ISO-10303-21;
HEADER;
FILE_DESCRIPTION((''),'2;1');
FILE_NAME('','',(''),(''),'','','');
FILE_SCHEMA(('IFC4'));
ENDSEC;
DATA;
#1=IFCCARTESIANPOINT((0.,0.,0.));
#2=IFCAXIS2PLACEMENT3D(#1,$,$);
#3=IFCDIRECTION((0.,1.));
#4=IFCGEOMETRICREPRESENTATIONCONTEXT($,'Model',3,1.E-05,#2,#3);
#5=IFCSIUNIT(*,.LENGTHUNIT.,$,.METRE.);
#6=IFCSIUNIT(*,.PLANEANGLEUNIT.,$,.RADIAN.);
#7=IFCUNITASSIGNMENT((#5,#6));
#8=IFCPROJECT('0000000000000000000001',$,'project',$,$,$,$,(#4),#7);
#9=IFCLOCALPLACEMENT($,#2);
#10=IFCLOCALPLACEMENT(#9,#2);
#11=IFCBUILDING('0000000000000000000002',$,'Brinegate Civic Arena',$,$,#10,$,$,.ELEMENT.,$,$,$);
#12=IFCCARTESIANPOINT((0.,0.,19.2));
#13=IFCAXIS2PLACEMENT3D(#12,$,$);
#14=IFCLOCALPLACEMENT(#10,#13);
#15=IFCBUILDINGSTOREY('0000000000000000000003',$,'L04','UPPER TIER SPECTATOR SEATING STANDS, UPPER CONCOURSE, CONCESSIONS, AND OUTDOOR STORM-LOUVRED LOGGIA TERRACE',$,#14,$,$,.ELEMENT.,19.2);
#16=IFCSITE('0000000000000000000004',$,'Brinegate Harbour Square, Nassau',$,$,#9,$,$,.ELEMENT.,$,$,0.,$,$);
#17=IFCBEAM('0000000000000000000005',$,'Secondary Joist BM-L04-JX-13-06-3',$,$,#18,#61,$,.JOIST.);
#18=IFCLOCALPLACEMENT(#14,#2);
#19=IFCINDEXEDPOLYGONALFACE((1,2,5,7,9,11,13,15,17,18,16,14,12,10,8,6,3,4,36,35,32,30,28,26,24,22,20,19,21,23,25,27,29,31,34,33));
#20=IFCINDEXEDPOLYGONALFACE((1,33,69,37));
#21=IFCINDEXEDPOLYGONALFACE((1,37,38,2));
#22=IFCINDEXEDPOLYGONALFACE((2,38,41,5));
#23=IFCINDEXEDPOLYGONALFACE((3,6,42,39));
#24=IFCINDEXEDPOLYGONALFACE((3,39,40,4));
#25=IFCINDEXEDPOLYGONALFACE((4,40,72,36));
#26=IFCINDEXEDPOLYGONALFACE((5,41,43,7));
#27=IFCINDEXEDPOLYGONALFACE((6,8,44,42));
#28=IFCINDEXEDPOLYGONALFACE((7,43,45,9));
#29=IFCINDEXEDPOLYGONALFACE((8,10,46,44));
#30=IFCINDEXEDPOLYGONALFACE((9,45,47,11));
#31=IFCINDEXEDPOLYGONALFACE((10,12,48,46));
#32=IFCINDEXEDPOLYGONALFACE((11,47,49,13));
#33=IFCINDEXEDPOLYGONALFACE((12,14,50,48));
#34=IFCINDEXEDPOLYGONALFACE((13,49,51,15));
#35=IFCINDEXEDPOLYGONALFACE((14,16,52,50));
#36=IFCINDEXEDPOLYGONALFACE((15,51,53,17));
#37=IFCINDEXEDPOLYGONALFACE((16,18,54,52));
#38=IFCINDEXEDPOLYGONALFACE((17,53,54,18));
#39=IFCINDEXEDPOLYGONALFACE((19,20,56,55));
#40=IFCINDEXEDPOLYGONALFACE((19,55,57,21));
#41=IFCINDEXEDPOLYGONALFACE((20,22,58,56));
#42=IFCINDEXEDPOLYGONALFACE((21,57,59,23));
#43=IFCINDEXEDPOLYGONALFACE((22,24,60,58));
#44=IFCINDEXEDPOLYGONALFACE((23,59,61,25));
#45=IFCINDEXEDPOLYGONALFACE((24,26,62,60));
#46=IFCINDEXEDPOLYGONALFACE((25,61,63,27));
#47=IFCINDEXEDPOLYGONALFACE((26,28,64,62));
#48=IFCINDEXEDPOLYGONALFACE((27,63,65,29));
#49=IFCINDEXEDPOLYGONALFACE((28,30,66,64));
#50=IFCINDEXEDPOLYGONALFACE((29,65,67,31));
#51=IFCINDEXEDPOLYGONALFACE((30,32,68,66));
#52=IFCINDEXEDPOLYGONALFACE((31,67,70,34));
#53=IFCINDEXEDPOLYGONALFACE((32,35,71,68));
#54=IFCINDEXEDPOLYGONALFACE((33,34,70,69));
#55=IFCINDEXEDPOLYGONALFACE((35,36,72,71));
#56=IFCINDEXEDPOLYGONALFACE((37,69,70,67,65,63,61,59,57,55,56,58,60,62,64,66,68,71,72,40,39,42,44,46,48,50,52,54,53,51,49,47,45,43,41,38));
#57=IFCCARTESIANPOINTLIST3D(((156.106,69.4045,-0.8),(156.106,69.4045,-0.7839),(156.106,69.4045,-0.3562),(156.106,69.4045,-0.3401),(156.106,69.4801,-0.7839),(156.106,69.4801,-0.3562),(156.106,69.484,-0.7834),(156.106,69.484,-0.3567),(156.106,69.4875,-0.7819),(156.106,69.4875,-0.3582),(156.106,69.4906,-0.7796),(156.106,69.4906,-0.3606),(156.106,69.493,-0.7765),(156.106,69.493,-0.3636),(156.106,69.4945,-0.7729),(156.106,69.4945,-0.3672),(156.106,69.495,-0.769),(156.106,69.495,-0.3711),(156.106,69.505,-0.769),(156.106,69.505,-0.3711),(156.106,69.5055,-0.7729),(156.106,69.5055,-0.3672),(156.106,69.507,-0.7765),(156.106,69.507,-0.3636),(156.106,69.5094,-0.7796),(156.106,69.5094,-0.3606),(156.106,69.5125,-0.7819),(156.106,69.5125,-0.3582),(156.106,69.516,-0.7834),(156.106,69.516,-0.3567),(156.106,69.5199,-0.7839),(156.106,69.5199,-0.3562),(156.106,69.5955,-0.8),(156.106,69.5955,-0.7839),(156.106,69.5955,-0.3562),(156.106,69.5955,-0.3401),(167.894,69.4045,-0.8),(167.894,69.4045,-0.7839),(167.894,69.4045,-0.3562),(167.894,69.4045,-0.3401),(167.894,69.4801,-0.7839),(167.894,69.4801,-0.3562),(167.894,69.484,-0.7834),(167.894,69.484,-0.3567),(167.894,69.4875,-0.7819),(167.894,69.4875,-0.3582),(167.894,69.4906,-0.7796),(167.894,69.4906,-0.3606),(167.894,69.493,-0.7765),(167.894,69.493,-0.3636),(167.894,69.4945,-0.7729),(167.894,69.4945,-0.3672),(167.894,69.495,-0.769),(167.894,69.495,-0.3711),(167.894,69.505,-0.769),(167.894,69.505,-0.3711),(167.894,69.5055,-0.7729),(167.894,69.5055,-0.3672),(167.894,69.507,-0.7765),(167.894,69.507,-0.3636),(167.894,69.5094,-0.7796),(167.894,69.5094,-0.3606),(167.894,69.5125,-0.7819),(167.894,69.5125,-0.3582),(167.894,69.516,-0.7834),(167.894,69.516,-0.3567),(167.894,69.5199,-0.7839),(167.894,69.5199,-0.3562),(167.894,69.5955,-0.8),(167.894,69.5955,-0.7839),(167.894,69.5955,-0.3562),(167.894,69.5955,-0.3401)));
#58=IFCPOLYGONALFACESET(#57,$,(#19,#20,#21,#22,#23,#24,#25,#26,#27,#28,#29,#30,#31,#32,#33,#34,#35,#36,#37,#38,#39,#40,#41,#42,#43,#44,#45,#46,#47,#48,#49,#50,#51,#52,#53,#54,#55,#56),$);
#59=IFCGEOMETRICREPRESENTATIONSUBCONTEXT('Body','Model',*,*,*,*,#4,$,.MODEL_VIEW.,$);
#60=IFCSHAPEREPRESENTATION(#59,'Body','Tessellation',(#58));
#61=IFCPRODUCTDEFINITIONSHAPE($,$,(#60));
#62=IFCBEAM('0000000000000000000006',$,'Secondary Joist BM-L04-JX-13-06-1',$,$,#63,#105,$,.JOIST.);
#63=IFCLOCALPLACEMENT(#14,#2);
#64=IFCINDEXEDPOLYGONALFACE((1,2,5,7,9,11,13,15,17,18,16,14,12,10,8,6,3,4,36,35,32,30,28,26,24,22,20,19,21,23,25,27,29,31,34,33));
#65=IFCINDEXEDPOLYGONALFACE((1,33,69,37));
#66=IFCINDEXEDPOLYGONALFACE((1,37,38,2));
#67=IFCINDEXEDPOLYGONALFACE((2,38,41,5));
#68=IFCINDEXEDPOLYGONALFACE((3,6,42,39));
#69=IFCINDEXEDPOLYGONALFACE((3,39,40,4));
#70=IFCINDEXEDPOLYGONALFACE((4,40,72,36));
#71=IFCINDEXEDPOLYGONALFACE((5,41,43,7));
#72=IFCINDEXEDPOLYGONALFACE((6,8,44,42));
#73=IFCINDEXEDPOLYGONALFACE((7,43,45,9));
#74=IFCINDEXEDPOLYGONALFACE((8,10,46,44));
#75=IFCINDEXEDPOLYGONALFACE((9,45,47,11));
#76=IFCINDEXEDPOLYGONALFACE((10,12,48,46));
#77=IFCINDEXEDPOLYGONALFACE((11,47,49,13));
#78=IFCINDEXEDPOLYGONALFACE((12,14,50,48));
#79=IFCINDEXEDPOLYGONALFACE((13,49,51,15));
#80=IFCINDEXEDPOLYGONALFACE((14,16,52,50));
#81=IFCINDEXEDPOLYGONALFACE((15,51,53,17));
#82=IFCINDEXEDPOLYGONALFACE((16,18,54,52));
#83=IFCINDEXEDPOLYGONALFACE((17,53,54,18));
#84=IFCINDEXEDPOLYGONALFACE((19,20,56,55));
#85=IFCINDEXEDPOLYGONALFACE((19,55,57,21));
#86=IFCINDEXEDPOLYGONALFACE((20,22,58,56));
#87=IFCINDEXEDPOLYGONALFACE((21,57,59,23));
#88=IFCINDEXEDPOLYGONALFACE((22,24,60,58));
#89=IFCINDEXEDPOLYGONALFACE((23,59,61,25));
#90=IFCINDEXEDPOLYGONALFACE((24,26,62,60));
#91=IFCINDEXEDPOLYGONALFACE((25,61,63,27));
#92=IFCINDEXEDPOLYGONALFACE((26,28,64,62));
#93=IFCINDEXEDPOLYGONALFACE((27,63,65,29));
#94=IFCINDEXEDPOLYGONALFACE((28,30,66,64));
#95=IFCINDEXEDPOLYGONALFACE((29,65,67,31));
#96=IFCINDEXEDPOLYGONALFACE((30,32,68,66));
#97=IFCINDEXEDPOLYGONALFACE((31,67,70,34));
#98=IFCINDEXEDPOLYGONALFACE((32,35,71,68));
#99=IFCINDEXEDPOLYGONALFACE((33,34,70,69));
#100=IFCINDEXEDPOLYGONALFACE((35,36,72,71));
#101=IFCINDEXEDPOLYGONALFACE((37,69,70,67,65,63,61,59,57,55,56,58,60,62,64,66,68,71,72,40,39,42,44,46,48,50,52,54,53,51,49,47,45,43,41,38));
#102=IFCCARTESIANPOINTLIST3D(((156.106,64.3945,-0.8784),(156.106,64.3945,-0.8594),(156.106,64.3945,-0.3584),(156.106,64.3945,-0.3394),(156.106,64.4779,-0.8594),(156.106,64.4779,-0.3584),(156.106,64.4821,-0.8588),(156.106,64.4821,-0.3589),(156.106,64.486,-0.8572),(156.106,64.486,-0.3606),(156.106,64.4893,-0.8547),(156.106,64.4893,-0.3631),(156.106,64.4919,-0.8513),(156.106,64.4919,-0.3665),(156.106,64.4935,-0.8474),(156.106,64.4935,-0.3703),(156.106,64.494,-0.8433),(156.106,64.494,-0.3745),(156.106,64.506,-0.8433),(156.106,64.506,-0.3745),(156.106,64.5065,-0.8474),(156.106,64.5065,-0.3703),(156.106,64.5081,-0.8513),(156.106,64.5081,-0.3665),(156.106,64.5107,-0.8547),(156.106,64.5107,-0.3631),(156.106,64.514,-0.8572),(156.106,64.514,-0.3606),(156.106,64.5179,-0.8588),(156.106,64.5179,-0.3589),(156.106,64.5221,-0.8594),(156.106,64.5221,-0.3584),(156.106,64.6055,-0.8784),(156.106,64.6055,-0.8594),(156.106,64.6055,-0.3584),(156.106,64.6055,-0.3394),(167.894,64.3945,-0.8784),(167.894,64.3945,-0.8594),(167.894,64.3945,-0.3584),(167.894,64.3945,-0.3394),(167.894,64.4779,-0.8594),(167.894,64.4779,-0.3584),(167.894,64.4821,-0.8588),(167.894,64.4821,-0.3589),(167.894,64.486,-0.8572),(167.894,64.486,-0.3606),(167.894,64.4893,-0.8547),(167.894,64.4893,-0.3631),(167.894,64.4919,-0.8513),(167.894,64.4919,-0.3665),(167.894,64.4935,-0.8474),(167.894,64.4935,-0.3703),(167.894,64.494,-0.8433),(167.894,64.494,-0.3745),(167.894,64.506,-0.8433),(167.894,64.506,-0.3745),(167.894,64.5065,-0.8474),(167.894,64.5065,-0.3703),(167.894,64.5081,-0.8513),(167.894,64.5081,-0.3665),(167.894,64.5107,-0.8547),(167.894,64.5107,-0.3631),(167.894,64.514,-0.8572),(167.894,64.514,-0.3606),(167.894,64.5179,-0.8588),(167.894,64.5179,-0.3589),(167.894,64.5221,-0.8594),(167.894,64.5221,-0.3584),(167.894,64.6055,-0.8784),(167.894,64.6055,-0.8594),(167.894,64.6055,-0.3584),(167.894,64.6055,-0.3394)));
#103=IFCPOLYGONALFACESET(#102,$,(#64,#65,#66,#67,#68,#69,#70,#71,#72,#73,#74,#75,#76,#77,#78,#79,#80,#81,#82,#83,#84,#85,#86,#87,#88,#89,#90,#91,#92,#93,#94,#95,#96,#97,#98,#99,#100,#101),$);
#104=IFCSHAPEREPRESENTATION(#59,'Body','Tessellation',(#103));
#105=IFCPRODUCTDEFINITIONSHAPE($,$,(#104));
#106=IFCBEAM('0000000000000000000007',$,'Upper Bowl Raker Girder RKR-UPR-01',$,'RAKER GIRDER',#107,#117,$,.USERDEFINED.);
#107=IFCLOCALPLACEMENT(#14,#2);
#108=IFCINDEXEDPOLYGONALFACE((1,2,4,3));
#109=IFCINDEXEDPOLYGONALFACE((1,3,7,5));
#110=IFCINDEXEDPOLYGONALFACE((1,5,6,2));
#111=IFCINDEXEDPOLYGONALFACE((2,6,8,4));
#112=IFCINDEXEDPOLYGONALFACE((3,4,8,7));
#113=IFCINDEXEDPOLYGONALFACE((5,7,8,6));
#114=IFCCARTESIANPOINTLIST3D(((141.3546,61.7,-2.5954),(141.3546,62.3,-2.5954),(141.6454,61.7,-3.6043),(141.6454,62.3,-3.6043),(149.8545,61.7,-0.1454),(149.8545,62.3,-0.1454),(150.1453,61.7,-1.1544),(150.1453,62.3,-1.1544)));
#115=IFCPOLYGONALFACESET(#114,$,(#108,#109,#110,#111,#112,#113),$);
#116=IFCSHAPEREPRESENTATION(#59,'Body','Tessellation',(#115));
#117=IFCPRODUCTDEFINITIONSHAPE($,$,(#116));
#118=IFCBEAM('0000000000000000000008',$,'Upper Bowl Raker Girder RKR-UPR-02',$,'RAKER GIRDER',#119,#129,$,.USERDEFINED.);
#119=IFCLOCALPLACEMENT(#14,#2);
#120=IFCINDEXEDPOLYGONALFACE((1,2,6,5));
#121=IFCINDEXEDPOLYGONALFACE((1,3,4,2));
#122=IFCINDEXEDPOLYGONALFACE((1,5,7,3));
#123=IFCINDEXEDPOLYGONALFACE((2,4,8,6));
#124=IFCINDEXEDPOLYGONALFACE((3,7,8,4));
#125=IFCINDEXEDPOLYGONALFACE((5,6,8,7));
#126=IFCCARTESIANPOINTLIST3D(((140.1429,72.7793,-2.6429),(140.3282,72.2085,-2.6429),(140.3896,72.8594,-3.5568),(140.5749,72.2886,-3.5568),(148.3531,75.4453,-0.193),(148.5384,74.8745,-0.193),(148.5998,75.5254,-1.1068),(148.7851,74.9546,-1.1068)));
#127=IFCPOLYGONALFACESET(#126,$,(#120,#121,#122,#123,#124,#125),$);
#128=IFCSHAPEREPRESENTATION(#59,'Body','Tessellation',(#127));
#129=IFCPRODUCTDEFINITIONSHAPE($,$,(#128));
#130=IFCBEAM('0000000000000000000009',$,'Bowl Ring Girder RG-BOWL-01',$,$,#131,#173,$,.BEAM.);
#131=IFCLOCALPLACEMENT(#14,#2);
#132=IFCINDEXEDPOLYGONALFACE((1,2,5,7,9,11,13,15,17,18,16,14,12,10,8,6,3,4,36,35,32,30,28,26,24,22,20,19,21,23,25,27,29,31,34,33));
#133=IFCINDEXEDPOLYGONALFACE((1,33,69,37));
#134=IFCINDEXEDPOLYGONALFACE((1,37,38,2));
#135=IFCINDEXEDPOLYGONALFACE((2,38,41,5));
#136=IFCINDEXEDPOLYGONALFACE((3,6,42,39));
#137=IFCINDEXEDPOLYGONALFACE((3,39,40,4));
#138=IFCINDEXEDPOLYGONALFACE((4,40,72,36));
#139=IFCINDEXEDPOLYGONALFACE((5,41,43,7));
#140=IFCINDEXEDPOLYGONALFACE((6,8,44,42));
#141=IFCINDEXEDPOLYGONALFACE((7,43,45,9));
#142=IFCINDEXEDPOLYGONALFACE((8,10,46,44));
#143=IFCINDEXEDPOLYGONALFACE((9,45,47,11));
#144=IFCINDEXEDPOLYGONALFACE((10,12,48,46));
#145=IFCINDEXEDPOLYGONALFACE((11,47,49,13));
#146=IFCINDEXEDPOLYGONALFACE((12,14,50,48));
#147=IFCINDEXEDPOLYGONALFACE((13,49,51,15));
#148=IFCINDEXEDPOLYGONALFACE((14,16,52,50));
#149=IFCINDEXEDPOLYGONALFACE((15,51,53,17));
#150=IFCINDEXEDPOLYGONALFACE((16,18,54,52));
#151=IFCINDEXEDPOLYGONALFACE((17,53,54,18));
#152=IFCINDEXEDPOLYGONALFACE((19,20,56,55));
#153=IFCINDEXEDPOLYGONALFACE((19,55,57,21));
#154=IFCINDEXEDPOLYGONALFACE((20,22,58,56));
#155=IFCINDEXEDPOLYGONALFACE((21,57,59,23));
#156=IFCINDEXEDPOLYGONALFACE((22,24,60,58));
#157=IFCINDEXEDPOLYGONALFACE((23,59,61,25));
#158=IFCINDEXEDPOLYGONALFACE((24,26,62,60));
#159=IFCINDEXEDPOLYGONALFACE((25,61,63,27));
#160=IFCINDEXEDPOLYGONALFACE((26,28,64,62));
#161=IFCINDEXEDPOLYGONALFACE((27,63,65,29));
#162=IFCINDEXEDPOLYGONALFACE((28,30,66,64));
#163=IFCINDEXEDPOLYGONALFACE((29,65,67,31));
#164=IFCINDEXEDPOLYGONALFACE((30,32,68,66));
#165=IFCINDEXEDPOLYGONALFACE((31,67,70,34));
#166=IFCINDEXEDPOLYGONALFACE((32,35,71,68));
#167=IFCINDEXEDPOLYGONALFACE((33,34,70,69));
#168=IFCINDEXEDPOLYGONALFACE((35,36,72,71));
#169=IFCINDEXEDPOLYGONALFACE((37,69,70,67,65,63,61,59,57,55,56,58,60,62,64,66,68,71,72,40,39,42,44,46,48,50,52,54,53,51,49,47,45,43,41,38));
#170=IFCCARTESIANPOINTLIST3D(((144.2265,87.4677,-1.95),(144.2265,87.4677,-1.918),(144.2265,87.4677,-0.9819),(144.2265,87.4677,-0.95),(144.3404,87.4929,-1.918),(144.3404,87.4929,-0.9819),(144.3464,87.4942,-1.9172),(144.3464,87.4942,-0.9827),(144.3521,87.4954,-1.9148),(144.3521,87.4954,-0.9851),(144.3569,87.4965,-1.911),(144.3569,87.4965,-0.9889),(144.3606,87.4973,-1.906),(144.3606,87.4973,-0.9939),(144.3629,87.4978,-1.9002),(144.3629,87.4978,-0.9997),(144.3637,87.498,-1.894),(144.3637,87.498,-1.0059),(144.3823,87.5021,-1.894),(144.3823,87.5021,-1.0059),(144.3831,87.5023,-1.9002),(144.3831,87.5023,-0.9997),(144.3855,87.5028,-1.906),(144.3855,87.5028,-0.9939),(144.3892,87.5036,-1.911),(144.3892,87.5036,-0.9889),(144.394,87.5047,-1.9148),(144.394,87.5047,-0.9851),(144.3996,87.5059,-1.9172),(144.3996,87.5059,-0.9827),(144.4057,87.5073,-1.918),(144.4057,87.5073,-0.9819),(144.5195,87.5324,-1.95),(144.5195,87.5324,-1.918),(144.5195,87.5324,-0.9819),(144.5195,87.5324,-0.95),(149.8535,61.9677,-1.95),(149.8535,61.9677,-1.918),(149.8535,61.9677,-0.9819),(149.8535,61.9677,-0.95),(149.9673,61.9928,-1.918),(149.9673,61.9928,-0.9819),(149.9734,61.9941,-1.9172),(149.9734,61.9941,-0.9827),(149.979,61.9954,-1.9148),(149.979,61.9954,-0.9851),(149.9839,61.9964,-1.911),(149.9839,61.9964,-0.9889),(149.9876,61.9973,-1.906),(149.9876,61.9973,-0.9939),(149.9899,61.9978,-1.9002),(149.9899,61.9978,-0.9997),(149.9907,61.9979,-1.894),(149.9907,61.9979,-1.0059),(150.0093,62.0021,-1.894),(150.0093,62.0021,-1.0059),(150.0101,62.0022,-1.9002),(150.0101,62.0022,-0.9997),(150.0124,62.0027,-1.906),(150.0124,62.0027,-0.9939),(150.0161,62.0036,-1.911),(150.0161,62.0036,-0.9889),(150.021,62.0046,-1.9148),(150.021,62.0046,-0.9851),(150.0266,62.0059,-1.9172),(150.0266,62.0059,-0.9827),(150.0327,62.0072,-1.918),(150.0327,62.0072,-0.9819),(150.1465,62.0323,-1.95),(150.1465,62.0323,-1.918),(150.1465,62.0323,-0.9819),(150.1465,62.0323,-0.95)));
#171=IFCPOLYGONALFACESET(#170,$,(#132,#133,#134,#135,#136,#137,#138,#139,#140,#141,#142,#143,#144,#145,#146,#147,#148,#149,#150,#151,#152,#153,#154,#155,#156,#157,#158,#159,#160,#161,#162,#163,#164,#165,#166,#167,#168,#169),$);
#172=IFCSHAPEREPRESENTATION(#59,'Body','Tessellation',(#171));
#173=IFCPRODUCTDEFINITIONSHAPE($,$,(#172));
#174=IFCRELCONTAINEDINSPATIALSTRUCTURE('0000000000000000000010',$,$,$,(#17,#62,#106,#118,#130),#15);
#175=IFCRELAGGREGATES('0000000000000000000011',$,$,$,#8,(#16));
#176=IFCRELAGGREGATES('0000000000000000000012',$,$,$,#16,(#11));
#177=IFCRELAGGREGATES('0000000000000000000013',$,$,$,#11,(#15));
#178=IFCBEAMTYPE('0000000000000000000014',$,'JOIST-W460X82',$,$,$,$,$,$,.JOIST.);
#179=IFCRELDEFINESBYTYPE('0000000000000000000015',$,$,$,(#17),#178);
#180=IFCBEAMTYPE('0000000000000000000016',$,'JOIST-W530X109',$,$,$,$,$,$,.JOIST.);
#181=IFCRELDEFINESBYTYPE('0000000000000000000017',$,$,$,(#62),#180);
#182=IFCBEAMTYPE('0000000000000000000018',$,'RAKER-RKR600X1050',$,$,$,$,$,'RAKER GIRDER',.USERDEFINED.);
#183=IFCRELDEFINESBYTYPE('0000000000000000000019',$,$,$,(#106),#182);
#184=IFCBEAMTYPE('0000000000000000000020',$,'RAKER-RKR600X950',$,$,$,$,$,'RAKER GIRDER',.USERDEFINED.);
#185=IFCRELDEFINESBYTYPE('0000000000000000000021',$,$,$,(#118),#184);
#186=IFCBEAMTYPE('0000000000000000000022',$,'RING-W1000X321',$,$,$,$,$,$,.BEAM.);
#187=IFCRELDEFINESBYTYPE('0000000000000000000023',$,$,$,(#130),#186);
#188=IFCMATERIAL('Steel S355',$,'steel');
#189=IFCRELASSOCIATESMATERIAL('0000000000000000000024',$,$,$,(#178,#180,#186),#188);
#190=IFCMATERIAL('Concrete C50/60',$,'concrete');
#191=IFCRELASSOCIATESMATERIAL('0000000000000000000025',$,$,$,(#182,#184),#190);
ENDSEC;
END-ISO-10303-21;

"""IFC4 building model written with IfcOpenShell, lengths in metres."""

from ifc_helpers import new_model, si_unit, direction, frame, origin, origin_2d, place, context, subcontext, project, spatial, rectangle, i_section, extrude, material, material_profile, profile_set, type_object, element, save


model = new_model("IFC4")

# Units and contexts
model_context = context("Model", 3, precision=1e-05, world=origin(), true_north=direction((0.0, 1.0)))
body_context = subcontext(model_context, "Body", "Model", "MODEL_VIEW")
ifc_project = project(units=[si_unit("LENGTHUNIT", "METRE"), si_unit("PLANEANGLEUNIT", "RADIAN")], contexts=[model_context])

# Site, building, storey
site_placement = place(None, origin())
site = spatial("IfcSite", under=ifc_project, at=site_placement, Name="Brinegate Harbour Square, Nassau", CompositionType="ELEMENT", RefElevation=0.0)
building_placement = place(site_placement, origin())
building = spatial("IfcBuilding", under=site, at=building_placement, Name="Brinegate Civic Arena", CompositionType="ELEMENT")
storey_placement = place(building_placement, frame((0.0, 0.0, 19.2)))
storey = spatial("IfcBuildingStorey", under=building, at=storey_placement, Name="L04", Description="UPPER TIER SPECTATOR SEATING STANDS, UPPER CONCOURSE, CONCESSIONS, AND OUTDOOR STORM-LOUVRED LOGGIA TERRACE", CompositionType="ELEMENT", Elevation=19.2)

# Shared definitions
ifc_material_1 = material(Name="Steel S355", Category="steel")

# Beams
ifc_material_profile_1 = material_profile(ifc_material_1, i_section(OverallWidth=0.1909, OverallDepth=0.46, WebThickness=0.01, FlangeThickness=0.0161, FilletRadius=0.0149, at=origin_2d()), Name="W460X82")
ifc_profile_set_1 = profile_set([ifc_material_profile_1], Name="Steel S355")
beam_type_1 = type_object("IfcBeamType", Name="JOIST-W460X82", PredefinedType="JOIST", material=ifc_profile_set_1)
beam_1_placement = place(storey_placement, frame((156.106, 69.5, -0.5701), z_axis=(1.0, 0.0, 0.0), x_axis=(0.0, 1.0, 0.0)))
element("IfcBeam", 1, at=beam_1_placement, inside=storey, type_object=beam_type_1, Name="Secondary Joist BM-L04-JX-13-06-3", PredefinedType="JOIST", context=body_context, shape_type="SweptSolid", body=[
    extrude(i_section(OverallWidth=0.1909, OverallDepth=0.46, WebThickness=0.01, FlangeThickness=0.0161, FilletRadius=0.0149, at=origin_2d()), origin(), (0.0, 0.0, 1.0), 11.7881),
])
ifc_material_profile_2 = material_profile(ifc_material_1, i_section(OverallWidth=0.2109, OverallDepth=0.5391, WebThickness=0.012, FlangeThickness=0.019, FilletRadius=0.0161, at=origin_2d()), Name="W530X109")
ifc_profile_set_2 = profile_set([ifc_material_profile_2], Name="Steel S355")
beam_type_2 = type_object("IfcBeamType", Name="JOIST-W530X109", PredefinedType="JOIST", material=ifc_profile_set_2)
beam_2_placement = place(storey_placement, frame((156.106, 64.5, -0.6089), z_axis=(1.0, 0.0, 0.0), x_axis=(0.0, 1.0, 0.0)))
element("IfcBeam", 2, at=beam_2_placement, inside=storey, type_object=beam_type_2, Name="Secondary Joist BM-L04-JX-13-06-1", PredefinedType="JOIST", context=body_context, shape_type="SweptSolid", body=[
    extrude(i_section(OverallWidth=0.2109, OverallDepth=0.5391, WebThickness=0.012, FlangeThickness=0.019, FilletRadius=0.0161, at=origin_2d()), origin(), (0.0, 0.0, 1.0), 11.7881),
])
ifc_material_2 = material(Name="Concrete C50/60", Category="concrete")
ifc_material_profile_3 = material_profile(ifc_material_2, rectangle(XDim=0.6001, YDim=1.05, at=origin_2d()), Name="RKR600X1050")
ifc_profile_set_3 = profile_set([ifc_material_profile_3], Name="Concrete C50/60")
beam_type_3 = type_object("IfcBeamType", Name="RAKER-RKR600X1050", ElementType="RAKER GIRDER", PredefinedType="USERDEFINED", material=ifc_profile_set_3)
beam_3_placement = place(storey_placement, frame((141.5, 62.0, -3.0999), z_axis=(0.960883, 0.0, 0.276955), x_axis=(0.0, 1.0, 0.0)))
element("IfcBeam", 3, at=beam_3_placement, inside=storey, type_object=beam_type_3, Name="Upper Bowl Raker Girder RKR-UPR-01", ObjectType="RAKER GIRDER", PredefinedType="USERDEFINED", context=body_context, shape_type="SweptSolid", body=[
    extrude(rectangle(XDim=0.6001, YDim=1.05, at=origin_2d()), origin(), (0.0, 0.0, 1.0), 8.8459),
])
ifc_material_profile_4 = material_profile(ifc_material_2, rectangle(XDim=0.6001, YDim=0.95, at=origin_2d()), Name="RKR600X950")
ifc_profile_set_4 = profile_set([ifc_material_profile_4], Name="Concrete C50/60")
beam_type_4 = type_object("IfcBeamType", Name="RAKER-RKR600X950", ElementType="RAKER GIRDER", PredefinedType="USERDEFINED", material=ifc_profile_set_4)
beam_4_placement = place(storey_placement, frame((140.3589, 72.5339, -3.0999), z_axis=(0.914975, 0.29711, 0.273031), x_axis=(-0.308845, 0.951112, 0.0)))
element("IfcBeam", 4, at=beam_4_placement, inside=storey, type_object=beam_type_4, Name="Upper Bowl Raker Girder RKR-UPR-02", ObjectType="RAKER GIRDER", PredefinedType="USERDEFINED", context=body_context, shape_type="SweptSolid", body=[
    extrude(rectangle(XDim=0.6001, YDim=0.95, at=origin_2d()), origin(), (0.0, 0.0, 1.0), 8.9731),
])
ifc_material_profile_5 = material_profile(ifc_material_1, i_section(OverallWidth=0.3, OverallDepth=1.0, WebThickness=0.019, FlangeThickness=0.032, FilletRadius=0.0239, at=origin_2d()), Name="W1000X321")
ifc_profile_set_5 = profile_set([ifc_material_profile_5], Name="Steel S355")
beam_type_5 = type_object("IfcBeamType", Name="RING-W1000X321", PredefinedType="BEAM", material=ifc_profile_set_5)
beam_5_placement = place(storey_placement, frame((150.0, 62.0, -1.45), z_axis=(-0.215481, 0.976508, 0.0), x_axis=(-0.976508, -0.215481, 0.0)))
element("IfcBeam", 5, at=beam_5_placement, inside=storey, type_object=beam_type_5, Name="Bowl Ring Girder RG-BOWL-01", PredefinedType="BEAM", context=body_context, shape_type="SweptSolid", body=[
    extrude(i_section(OverallWidth=0.3, OverallDepth=1.0, WebThickness=0.019, FlangeThickness=0.032, FilletRadius=0.0239, at=origin_2d()), origin(), (0.0, 0.0, 1.0), 26.1135),
])

save(model, "model.ifc")
